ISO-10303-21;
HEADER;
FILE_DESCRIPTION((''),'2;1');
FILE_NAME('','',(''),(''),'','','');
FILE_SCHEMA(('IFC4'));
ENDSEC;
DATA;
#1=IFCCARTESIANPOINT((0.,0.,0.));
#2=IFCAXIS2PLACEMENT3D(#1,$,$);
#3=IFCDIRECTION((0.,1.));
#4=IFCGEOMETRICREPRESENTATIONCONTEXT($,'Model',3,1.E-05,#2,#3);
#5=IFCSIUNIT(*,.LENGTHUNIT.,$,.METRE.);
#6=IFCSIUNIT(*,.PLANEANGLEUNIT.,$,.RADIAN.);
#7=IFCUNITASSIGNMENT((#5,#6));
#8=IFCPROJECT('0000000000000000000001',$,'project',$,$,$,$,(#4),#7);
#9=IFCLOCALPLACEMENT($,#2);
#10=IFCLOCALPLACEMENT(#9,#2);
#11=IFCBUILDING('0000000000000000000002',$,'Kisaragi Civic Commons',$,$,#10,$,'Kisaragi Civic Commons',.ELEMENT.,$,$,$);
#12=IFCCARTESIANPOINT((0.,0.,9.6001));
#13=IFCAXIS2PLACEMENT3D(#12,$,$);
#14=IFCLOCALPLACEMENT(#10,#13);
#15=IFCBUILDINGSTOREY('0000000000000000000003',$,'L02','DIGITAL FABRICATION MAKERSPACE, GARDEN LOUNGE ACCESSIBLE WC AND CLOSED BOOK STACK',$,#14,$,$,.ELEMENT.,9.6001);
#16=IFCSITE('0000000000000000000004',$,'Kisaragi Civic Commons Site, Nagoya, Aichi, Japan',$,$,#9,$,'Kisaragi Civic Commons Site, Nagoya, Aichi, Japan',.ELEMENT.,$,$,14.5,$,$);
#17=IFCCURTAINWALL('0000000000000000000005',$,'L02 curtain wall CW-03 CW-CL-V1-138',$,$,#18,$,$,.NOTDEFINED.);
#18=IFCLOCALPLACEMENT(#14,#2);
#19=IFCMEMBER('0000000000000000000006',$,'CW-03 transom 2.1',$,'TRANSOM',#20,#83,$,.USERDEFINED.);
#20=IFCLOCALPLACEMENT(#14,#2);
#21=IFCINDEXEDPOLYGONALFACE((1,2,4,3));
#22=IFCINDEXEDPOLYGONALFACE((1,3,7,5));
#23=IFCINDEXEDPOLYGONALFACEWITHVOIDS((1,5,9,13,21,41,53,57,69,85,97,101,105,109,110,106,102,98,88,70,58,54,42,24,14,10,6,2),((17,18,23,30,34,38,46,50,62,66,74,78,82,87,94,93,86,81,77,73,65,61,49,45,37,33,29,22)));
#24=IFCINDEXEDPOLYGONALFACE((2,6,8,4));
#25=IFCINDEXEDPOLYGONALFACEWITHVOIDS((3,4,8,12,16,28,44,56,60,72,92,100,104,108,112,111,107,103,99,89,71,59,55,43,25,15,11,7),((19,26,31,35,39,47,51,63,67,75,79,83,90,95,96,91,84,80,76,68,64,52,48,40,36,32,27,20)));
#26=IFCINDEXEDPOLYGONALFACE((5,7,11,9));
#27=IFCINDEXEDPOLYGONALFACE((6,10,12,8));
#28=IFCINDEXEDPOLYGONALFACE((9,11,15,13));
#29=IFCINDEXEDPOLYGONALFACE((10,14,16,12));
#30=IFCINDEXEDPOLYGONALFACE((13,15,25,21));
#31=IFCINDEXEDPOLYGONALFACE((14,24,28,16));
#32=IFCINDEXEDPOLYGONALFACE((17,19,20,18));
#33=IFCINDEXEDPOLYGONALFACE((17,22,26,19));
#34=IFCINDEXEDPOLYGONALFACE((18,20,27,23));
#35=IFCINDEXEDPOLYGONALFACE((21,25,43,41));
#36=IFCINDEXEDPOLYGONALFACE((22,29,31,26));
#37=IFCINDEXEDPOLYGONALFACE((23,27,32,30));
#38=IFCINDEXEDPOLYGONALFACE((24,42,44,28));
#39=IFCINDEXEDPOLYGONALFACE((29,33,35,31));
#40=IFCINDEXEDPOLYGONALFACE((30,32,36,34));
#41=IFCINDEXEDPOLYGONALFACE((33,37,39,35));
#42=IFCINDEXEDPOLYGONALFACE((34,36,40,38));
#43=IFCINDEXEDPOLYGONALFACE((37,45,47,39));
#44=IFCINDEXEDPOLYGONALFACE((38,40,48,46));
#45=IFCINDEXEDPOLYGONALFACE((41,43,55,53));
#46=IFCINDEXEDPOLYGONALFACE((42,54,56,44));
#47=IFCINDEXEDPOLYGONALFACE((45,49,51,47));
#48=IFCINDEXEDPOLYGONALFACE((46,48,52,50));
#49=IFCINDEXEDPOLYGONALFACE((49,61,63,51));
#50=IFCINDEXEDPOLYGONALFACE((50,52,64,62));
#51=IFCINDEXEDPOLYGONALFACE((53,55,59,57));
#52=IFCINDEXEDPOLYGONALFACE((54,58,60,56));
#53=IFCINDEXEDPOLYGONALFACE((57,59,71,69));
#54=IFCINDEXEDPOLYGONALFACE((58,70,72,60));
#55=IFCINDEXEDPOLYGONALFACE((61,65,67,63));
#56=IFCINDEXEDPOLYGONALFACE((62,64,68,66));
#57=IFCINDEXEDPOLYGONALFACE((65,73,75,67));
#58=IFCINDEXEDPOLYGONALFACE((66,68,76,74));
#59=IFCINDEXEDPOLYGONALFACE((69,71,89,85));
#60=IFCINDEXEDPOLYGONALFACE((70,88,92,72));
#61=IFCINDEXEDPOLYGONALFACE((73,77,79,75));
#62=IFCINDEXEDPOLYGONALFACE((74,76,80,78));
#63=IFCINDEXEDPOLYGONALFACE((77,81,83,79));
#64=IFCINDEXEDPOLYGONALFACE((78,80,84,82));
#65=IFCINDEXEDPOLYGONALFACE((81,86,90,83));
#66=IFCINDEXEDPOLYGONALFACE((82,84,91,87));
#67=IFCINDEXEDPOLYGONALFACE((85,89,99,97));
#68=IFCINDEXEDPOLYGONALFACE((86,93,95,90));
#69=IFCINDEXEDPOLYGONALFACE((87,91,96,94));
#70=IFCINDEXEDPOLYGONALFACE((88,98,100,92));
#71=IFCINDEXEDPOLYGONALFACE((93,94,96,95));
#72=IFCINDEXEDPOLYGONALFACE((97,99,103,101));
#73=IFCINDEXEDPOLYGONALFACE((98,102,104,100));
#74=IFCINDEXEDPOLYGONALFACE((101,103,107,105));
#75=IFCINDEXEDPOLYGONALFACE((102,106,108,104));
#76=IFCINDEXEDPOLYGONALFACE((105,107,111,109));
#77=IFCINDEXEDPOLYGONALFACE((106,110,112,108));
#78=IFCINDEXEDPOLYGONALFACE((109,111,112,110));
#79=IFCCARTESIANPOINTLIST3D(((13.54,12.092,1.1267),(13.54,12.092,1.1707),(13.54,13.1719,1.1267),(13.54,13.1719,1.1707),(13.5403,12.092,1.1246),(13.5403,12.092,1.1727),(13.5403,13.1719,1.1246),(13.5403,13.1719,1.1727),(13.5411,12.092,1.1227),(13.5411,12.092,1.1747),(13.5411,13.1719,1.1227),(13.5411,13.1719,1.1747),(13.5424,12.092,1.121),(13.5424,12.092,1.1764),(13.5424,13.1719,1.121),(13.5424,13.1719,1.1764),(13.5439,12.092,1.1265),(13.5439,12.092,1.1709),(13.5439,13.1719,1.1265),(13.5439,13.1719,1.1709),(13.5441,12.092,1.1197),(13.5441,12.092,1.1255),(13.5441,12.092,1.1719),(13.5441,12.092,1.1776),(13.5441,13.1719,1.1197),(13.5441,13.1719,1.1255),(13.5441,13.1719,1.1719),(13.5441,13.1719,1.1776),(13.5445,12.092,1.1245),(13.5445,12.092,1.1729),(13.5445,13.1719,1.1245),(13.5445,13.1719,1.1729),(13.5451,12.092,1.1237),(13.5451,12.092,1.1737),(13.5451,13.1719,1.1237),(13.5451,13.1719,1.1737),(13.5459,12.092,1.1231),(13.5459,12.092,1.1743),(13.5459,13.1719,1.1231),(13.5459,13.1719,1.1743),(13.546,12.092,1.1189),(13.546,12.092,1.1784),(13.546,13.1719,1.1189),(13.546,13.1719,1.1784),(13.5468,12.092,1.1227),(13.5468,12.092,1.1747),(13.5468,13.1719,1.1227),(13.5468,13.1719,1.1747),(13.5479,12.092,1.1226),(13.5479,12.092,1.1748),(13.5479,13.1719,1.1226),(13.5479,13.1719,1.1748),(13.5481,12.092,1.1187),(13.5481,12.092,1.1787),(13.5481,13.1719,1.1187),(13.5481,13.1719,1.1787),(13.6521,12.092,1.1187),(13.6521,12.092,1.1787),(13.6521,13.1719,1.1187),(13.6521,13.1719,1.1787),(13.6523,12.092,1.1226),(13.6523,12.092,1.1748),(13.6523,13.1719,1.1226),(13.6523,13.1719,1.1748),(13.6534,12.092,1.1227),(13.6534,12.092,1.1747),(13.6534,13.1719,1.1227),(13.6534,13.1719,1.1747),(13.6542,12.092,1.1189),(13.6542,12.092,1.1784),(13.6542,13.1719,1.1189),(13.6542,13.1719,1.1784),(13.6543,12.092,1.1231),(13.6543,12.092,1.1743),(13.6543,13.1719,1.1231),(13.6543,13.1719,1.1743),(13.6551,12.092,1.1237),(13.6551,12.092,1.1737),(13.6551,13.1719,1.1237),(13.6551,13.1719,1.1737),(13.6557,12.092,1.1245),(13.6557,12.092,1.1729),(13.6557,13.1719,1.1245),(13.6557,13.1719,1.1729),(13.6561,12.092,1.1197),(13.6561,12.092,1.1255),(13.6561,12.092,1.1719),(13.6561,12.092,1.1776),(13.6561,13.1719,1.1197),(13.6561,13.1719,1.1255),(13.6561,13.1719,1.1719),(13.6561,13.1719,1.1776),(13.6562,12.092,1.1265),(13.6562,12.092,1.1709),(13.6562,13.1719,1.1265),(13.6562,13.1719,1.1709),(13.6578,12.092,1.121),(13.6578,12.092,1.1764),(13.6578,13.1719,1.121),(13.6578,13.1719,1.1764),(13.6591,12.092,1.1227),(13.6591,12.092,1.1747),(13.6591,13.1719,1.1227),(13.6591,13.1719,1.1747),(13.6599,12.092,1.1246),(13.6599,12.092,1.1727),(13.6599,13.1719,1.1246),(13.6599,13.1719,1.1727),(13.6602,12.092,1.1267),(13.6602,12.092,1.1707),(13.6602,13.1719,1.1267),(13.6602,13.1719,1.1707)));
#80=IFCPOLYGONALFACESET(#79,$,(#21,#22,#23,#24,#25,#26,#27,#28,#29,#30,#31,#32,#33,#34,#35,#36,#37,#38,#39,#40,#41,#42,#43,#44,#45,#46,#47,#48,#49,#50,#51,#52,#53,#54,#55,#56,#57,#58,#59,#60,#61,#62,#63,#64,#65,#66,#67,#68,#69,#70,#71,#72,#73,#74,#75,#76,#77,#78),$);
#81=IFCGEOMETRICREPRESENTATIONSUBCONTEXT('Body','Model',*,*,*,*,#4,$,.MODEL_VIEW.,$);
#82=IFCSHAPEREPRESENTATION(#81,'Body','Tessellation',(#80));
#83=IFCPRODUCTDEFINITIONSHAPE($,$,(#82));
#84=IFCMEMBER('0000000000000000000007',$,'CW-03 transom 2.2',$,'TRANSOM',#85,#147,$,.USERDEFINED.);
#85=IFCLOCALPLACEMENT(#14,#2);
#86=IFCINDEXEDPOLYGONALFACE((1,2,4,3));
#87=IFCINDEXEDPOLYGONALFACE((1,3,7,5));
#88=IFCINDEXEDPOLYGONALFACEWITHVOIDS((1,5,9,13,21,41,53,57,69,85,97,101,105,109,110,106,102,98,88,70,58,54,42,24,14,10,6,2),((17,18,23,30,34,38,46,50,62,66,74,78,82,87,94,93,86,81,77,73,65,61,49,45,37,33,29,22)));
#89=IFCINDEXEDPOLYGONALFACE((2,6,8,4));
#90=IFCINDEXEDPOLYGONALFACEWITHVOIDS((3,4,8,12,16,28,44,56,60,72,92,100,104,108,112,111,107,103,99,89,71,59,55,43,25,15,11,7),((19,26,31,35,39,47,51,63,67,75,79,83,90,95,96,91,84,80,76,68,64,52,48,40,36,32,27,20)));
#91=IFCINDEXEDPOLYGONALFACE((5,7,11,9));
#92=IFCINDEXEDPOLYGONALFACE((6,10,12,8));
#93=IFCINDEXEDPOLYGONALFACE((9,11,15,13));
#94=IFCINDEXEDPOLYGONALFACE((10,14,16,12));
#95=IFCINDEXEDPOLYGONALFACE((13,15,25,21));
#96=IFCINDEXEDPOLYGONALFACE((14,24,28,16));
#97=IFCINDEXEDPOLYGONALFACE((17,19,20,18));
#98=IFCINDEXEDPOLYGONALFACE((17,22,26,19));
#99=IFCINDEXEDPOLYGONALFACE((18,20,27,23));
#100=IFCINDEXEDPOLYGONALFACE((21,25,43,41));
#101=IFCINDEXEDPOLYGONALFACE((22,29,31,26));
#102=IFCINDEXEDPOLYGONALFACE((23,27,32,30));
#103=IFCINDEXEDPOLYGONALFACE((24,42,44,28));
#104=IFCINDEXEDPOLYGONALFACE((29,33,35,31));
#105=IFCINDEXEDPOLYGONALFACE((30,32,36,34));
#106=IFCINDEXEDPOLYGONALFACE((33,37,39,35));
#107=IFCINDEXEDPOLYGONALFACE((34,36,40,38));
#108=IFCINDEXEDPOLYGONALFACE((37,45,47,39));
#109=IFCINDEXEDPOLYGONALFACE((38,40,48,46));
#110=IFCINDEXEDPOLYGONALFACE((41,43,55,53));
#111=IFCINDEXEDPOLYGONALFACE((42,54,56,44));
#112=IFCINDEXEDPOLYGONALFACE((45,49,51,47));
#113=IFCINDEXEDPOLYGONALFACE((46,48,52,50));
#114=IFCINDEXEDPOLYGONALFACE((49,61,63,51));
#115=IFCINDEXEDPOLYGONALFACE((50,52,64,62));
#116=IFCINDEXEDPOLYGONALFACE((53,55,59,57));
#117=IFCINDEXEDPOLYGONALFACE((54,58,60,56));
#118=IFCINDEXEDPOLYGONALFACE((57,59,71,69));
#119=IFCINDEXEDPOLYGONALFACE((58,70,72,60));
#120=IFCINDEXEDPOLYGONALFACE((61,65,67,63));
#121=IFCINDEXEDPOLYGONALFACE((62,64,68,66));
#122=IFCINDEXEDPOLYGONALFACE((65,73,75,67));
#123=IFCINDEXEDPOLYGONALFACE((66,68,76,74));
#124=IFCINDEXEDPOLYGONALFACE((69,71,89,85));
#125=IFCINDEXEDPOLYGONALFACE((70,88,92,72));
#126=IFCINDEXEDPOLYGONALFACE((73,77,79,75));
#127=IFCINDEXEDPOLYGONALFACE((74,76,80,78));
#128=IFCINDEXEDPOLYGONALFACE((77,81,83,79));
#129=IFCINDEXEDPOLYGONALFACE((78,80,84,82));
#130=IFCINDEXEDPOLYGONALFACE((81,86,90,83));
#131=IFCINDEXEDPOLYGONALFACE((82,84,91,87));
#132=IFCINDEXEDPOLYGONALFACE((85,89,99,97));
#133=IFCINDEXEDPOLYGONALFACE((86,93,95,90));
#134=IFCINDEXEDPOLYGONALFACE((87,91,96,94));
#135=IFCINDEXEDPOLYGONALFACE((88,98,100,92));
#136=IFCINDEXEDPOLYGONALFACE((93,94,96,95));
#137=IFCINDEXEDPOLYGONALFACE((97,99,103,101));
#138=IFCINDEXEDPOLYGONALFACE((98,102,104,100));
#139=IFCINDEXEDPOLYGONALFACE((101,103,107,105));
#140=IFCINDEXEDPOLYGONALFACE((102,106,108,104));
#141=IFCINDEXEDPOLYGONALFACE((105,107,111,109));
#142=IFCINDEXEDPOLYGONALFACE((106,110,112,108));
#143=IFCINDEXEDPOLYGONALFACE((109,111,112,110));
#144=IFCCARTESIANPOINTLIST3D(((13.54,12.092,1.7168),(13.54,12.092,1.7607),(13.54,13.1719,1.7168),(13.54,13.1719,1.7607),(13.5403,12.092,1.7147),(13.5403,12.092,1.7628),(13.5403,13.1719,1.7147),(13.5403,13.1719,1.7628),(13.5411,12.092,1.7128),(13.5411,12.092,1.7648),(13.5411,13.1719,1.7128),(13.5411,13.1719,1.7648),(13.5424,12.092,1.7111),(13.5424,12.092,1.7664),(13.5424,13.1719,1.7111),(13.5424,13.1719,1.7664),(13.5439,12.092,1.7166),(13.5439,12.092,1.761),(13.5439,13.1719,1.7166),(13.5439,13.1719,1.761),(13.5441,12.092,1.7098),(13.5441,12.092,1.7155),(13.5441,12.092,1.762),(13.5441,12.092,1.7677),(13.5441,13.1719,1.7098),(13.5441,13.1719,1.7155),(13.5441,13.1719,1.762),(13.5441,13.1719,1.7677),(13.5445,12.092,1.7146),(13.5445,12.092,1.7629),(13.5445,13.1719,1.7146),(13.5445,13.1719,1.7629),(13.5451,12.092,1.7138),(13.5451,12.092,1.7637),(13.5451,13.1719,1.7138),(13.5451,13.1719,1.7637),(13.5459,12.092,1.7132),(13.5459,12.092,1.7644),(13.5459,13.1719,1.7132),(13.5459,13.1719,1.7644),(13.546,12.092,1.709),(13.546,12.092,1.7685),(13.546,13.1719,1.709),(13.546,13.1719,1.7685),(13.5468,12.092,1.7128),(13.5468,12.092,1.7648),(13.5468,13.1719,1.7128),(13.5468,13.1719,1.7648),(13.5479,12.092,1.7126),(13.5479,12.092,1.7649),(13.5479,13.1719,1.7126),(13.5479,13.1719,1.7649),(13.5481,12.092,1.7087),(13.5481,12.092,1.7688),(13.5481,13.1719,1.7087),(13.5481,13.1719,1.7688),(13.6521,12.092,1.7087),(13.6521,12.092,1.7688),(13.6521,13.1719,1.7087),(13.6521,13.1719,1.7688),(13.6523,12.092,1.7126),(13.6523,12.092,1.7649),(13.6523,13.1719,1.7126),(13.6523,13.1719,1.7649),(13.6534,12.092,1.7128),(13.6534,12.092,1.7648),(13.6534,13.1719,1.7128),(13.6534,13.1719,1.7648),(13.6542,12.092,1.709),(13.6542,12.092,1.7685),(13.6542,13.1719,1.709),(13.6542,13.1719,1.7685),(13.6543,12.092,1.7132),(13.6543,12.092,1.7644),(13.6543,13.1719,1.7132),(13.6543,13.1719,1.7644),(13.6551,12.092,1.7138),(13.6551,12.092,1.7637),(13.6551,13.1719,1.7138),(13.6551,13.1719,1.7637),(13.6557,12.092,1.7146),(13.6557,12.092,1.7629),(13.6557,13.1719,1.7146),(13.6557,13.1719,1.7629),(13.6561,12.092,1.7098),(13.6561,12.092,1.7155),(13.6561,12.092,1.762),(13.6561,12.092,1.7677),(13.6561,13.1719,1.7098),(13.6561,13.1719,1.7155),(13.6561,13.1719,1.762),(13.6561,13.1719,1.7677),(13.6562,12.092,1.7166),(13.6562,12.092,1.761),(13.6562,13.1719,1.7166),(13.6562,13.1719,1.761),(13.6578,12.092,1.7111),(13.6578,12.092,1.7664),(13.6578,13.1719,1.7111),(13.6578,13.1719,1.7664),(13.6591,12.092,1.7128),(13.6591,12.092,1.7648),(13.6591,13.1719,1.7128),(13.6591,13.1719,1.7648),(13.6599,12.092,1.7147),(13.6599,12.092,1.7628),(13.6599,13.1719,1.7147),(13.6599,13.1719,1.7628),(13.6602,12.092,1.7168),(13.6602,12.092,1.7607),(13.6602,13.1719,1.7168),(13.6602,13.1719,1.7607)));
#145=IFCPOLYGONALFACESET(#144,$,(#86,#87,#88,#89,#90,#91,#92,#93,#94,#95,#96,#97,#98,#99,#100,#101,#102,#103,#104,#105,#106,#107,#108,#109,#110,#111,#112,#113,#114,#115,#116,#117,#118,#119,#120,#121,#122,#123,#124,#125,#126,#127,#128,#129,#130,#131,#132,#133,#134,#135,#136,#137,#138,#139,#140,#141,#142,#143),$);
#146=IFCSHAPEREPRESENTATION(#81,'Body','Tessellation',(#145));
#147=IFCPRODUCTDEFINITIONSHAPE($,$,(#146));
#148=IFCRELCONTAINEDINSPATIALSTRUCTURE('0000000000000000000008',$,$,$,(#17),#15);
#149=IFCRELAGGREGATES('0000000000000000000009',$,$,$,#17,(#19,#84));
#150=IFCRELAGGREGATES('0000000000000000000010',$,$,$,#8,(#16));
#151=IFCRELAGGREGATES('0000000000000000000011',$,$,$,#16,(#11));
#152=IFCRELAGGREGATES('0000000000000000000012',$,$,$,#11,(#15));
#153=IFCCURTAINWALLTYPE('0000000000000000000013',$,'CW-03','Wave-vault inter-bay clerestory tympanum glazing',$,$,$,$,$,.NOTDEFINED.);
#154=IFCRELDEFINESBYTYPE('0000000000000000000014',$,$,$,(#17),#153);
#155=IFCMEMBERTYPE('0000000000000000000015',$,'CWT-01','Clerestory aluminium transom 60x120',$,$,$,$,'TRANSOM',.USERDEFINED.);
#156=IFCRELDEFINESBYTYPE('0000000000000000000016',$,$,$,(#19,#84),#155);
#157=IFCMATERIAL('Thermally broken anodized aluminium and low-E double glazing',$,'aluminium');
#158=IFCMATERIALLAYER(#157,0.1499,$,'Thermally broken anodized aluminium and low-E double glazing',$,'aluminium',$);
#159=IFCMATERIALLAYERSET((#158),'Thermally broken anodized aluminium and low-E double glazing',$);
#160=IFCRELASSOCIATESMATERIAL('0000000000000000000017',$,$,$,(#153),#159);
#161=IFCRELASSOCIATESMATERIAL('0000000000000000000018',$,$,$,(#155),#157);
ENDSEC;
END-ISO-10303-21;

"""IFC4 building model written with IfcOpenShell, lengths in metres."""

from ifc_helpers import new_model, si_unit, direction, frame, origin, origin_2d, place, context, subcontext, project, spatial, hollow_rectangle, extrude, material, layer, layer_set, material_profile, profile_set, type_object, element, aggregate, save


model = new_model("IFC4")

# Units and contexts
model_context = context("Model", 3, precision=1e-05, world=origin(), true_north=direction((0.0, 1.0)))
body_context = subcontext(model_context, "Body", "Model", "MODEL_VIEW")
ifc_project = project(units=[si_unit("LENGTHUNIT", "METRE"), si_unit("PLANEANGLEUNIT", "RADIAN")], contexts=[model_context])

# Site, building, storey
site_placement = place(None, origin())
site = spatial("IfcSite", under=ifc_project, at=site_placement, Name="Kisaragi Civic Commons Site, Nagoya, Aichi, Japan", LongName="Kisaragi Civic Commons Site, Nagoya, Aichi, Japan", CompositionType="ELEMENT", RefElevation=14.5)
building_placement = place(site_placement, origin())
building = spatial("IfcBuilding", under=site, at=building_placement, Name="Kisaragi Civic Commons", LongName="Kisaragi Civic Commons", CompositionType="ELEMENT")
storey_placement = place(building_placement, frame((0.0, 0.0, 9.6001)))
storey = spatial("IfcBuildingStorey", under=building, at=storey_placement, Name="L02", Description="DIGITAL FABRICATION MAKERSPACE, GARDEN LOUNGE ACCESSIBLE WC AND CLOSED BOOK STACK", CompositionType="ELEMENT", Elevation=9.6001)

# Curtain wall, members
ifc_material_1 = material(Name="Thermally broken anodized aluminium and low-E double glazing", Category="aluminium")
ifc_layer_1 = layer(ifc_material_1, 0.1499, Name="Thermally broken anodized aluminium and low-E double glazing", Category="aluminium")
ifc_layer_set_1 = layer_set([ifc_layer_1], Name="Thermally broken anodized aluminium and low-E double glazing")
curtain_wall_type = type_object("IfcCurtainWallType", Name="CW-03", Description="Wave-vault inter-bay clerestory tympanum glazing", PredefinedType="NOTDEFINED", material=ifc_layer_set_1)
curtain_wall_placement = place(storey_placement, origin())
curtain_wall = element("IfcCurtainWall", 1, at=curtain_wall_placement, inside=storey, type_object=curtain_wall_type, Name="L02 curtain wall CW-03 CW-CL-V1-138", PredefinedType="NOTDEFINED")
ifc_material_profile_1 = material_profile(ifc_material_1, hollow_rectangle(XDim=0.1201, YDim=0.0601, WallThickness=0.0039, InnerFilletRadius=0.0039, OuterFilletRadius=0.0081, at=origin_2d()), Name="CWT-60x120x4", Category="aluminium")
ifc_profile_set_1 = profile_set([ifc_material_profile_1], Name="Thermally broken anodized aluminium and low-E double glazing")
member_type_1 = type_object("IfcMemberType", Name="CWT-01", Description="Clerestory aluminium transom 60x120", ElementType="TRANSOM", PredefinedType="USERDEFINED", material=ifc_profile_set_1)
member_1_placement = place(storey_placement, frame((13.6001, 12.092, 1.1487), z_axis=(0.0, 1.0, 0.0), x_axis=(-1.0, 0.0, 0.0)))
member_1 = element("IfcMember", 2, at=member_1_placement, type_object=member_type_1, Name="CW-03 transom 2.1", ObjectType="TRANSOM", PredefinedType="USERDEFINED", context=body_context, shape_type="SweptSolid", body=[
    extrude(hollow_rectangle(XDim=0.1201, YDim=0.0601, WallThickness=0.0039, InnerFilletRadius=0.0039, OuterFilletRadius=0.0081, at=origin_2d()), origin(), (0.0, 0.0, 1.0), 1.0798),
])
member_2_placement = place(storey_placement, frame((13.6001, 12.092, 1.7388), z_axis=(0.0, 1.0, 0.0), x_axis=(-1.0, 0.0, 0.0)))
member_2 = element("IfcMember", 3, at=member_2_placement, type_object=member_type_1, Name="CW-03 transom 2.2", ObjectType="TRANSOM", PredefinedType="USERDEFINED", context=body_context, shape_type="SweptSolid", body=[
    extrude(hollow_rectangle(XDim=0.1201, YDim=0.0601, WallThickness=0.0039, InnerFilletRadius=0.0039, OuterFilletRadius=0.0081, at=origin_2d()), origin(), (0.0, 0.0, 1.0), 1.0798),
])

aggregate(curtain_wall, [member_1, member_2])

save(model, "model.ifc")
